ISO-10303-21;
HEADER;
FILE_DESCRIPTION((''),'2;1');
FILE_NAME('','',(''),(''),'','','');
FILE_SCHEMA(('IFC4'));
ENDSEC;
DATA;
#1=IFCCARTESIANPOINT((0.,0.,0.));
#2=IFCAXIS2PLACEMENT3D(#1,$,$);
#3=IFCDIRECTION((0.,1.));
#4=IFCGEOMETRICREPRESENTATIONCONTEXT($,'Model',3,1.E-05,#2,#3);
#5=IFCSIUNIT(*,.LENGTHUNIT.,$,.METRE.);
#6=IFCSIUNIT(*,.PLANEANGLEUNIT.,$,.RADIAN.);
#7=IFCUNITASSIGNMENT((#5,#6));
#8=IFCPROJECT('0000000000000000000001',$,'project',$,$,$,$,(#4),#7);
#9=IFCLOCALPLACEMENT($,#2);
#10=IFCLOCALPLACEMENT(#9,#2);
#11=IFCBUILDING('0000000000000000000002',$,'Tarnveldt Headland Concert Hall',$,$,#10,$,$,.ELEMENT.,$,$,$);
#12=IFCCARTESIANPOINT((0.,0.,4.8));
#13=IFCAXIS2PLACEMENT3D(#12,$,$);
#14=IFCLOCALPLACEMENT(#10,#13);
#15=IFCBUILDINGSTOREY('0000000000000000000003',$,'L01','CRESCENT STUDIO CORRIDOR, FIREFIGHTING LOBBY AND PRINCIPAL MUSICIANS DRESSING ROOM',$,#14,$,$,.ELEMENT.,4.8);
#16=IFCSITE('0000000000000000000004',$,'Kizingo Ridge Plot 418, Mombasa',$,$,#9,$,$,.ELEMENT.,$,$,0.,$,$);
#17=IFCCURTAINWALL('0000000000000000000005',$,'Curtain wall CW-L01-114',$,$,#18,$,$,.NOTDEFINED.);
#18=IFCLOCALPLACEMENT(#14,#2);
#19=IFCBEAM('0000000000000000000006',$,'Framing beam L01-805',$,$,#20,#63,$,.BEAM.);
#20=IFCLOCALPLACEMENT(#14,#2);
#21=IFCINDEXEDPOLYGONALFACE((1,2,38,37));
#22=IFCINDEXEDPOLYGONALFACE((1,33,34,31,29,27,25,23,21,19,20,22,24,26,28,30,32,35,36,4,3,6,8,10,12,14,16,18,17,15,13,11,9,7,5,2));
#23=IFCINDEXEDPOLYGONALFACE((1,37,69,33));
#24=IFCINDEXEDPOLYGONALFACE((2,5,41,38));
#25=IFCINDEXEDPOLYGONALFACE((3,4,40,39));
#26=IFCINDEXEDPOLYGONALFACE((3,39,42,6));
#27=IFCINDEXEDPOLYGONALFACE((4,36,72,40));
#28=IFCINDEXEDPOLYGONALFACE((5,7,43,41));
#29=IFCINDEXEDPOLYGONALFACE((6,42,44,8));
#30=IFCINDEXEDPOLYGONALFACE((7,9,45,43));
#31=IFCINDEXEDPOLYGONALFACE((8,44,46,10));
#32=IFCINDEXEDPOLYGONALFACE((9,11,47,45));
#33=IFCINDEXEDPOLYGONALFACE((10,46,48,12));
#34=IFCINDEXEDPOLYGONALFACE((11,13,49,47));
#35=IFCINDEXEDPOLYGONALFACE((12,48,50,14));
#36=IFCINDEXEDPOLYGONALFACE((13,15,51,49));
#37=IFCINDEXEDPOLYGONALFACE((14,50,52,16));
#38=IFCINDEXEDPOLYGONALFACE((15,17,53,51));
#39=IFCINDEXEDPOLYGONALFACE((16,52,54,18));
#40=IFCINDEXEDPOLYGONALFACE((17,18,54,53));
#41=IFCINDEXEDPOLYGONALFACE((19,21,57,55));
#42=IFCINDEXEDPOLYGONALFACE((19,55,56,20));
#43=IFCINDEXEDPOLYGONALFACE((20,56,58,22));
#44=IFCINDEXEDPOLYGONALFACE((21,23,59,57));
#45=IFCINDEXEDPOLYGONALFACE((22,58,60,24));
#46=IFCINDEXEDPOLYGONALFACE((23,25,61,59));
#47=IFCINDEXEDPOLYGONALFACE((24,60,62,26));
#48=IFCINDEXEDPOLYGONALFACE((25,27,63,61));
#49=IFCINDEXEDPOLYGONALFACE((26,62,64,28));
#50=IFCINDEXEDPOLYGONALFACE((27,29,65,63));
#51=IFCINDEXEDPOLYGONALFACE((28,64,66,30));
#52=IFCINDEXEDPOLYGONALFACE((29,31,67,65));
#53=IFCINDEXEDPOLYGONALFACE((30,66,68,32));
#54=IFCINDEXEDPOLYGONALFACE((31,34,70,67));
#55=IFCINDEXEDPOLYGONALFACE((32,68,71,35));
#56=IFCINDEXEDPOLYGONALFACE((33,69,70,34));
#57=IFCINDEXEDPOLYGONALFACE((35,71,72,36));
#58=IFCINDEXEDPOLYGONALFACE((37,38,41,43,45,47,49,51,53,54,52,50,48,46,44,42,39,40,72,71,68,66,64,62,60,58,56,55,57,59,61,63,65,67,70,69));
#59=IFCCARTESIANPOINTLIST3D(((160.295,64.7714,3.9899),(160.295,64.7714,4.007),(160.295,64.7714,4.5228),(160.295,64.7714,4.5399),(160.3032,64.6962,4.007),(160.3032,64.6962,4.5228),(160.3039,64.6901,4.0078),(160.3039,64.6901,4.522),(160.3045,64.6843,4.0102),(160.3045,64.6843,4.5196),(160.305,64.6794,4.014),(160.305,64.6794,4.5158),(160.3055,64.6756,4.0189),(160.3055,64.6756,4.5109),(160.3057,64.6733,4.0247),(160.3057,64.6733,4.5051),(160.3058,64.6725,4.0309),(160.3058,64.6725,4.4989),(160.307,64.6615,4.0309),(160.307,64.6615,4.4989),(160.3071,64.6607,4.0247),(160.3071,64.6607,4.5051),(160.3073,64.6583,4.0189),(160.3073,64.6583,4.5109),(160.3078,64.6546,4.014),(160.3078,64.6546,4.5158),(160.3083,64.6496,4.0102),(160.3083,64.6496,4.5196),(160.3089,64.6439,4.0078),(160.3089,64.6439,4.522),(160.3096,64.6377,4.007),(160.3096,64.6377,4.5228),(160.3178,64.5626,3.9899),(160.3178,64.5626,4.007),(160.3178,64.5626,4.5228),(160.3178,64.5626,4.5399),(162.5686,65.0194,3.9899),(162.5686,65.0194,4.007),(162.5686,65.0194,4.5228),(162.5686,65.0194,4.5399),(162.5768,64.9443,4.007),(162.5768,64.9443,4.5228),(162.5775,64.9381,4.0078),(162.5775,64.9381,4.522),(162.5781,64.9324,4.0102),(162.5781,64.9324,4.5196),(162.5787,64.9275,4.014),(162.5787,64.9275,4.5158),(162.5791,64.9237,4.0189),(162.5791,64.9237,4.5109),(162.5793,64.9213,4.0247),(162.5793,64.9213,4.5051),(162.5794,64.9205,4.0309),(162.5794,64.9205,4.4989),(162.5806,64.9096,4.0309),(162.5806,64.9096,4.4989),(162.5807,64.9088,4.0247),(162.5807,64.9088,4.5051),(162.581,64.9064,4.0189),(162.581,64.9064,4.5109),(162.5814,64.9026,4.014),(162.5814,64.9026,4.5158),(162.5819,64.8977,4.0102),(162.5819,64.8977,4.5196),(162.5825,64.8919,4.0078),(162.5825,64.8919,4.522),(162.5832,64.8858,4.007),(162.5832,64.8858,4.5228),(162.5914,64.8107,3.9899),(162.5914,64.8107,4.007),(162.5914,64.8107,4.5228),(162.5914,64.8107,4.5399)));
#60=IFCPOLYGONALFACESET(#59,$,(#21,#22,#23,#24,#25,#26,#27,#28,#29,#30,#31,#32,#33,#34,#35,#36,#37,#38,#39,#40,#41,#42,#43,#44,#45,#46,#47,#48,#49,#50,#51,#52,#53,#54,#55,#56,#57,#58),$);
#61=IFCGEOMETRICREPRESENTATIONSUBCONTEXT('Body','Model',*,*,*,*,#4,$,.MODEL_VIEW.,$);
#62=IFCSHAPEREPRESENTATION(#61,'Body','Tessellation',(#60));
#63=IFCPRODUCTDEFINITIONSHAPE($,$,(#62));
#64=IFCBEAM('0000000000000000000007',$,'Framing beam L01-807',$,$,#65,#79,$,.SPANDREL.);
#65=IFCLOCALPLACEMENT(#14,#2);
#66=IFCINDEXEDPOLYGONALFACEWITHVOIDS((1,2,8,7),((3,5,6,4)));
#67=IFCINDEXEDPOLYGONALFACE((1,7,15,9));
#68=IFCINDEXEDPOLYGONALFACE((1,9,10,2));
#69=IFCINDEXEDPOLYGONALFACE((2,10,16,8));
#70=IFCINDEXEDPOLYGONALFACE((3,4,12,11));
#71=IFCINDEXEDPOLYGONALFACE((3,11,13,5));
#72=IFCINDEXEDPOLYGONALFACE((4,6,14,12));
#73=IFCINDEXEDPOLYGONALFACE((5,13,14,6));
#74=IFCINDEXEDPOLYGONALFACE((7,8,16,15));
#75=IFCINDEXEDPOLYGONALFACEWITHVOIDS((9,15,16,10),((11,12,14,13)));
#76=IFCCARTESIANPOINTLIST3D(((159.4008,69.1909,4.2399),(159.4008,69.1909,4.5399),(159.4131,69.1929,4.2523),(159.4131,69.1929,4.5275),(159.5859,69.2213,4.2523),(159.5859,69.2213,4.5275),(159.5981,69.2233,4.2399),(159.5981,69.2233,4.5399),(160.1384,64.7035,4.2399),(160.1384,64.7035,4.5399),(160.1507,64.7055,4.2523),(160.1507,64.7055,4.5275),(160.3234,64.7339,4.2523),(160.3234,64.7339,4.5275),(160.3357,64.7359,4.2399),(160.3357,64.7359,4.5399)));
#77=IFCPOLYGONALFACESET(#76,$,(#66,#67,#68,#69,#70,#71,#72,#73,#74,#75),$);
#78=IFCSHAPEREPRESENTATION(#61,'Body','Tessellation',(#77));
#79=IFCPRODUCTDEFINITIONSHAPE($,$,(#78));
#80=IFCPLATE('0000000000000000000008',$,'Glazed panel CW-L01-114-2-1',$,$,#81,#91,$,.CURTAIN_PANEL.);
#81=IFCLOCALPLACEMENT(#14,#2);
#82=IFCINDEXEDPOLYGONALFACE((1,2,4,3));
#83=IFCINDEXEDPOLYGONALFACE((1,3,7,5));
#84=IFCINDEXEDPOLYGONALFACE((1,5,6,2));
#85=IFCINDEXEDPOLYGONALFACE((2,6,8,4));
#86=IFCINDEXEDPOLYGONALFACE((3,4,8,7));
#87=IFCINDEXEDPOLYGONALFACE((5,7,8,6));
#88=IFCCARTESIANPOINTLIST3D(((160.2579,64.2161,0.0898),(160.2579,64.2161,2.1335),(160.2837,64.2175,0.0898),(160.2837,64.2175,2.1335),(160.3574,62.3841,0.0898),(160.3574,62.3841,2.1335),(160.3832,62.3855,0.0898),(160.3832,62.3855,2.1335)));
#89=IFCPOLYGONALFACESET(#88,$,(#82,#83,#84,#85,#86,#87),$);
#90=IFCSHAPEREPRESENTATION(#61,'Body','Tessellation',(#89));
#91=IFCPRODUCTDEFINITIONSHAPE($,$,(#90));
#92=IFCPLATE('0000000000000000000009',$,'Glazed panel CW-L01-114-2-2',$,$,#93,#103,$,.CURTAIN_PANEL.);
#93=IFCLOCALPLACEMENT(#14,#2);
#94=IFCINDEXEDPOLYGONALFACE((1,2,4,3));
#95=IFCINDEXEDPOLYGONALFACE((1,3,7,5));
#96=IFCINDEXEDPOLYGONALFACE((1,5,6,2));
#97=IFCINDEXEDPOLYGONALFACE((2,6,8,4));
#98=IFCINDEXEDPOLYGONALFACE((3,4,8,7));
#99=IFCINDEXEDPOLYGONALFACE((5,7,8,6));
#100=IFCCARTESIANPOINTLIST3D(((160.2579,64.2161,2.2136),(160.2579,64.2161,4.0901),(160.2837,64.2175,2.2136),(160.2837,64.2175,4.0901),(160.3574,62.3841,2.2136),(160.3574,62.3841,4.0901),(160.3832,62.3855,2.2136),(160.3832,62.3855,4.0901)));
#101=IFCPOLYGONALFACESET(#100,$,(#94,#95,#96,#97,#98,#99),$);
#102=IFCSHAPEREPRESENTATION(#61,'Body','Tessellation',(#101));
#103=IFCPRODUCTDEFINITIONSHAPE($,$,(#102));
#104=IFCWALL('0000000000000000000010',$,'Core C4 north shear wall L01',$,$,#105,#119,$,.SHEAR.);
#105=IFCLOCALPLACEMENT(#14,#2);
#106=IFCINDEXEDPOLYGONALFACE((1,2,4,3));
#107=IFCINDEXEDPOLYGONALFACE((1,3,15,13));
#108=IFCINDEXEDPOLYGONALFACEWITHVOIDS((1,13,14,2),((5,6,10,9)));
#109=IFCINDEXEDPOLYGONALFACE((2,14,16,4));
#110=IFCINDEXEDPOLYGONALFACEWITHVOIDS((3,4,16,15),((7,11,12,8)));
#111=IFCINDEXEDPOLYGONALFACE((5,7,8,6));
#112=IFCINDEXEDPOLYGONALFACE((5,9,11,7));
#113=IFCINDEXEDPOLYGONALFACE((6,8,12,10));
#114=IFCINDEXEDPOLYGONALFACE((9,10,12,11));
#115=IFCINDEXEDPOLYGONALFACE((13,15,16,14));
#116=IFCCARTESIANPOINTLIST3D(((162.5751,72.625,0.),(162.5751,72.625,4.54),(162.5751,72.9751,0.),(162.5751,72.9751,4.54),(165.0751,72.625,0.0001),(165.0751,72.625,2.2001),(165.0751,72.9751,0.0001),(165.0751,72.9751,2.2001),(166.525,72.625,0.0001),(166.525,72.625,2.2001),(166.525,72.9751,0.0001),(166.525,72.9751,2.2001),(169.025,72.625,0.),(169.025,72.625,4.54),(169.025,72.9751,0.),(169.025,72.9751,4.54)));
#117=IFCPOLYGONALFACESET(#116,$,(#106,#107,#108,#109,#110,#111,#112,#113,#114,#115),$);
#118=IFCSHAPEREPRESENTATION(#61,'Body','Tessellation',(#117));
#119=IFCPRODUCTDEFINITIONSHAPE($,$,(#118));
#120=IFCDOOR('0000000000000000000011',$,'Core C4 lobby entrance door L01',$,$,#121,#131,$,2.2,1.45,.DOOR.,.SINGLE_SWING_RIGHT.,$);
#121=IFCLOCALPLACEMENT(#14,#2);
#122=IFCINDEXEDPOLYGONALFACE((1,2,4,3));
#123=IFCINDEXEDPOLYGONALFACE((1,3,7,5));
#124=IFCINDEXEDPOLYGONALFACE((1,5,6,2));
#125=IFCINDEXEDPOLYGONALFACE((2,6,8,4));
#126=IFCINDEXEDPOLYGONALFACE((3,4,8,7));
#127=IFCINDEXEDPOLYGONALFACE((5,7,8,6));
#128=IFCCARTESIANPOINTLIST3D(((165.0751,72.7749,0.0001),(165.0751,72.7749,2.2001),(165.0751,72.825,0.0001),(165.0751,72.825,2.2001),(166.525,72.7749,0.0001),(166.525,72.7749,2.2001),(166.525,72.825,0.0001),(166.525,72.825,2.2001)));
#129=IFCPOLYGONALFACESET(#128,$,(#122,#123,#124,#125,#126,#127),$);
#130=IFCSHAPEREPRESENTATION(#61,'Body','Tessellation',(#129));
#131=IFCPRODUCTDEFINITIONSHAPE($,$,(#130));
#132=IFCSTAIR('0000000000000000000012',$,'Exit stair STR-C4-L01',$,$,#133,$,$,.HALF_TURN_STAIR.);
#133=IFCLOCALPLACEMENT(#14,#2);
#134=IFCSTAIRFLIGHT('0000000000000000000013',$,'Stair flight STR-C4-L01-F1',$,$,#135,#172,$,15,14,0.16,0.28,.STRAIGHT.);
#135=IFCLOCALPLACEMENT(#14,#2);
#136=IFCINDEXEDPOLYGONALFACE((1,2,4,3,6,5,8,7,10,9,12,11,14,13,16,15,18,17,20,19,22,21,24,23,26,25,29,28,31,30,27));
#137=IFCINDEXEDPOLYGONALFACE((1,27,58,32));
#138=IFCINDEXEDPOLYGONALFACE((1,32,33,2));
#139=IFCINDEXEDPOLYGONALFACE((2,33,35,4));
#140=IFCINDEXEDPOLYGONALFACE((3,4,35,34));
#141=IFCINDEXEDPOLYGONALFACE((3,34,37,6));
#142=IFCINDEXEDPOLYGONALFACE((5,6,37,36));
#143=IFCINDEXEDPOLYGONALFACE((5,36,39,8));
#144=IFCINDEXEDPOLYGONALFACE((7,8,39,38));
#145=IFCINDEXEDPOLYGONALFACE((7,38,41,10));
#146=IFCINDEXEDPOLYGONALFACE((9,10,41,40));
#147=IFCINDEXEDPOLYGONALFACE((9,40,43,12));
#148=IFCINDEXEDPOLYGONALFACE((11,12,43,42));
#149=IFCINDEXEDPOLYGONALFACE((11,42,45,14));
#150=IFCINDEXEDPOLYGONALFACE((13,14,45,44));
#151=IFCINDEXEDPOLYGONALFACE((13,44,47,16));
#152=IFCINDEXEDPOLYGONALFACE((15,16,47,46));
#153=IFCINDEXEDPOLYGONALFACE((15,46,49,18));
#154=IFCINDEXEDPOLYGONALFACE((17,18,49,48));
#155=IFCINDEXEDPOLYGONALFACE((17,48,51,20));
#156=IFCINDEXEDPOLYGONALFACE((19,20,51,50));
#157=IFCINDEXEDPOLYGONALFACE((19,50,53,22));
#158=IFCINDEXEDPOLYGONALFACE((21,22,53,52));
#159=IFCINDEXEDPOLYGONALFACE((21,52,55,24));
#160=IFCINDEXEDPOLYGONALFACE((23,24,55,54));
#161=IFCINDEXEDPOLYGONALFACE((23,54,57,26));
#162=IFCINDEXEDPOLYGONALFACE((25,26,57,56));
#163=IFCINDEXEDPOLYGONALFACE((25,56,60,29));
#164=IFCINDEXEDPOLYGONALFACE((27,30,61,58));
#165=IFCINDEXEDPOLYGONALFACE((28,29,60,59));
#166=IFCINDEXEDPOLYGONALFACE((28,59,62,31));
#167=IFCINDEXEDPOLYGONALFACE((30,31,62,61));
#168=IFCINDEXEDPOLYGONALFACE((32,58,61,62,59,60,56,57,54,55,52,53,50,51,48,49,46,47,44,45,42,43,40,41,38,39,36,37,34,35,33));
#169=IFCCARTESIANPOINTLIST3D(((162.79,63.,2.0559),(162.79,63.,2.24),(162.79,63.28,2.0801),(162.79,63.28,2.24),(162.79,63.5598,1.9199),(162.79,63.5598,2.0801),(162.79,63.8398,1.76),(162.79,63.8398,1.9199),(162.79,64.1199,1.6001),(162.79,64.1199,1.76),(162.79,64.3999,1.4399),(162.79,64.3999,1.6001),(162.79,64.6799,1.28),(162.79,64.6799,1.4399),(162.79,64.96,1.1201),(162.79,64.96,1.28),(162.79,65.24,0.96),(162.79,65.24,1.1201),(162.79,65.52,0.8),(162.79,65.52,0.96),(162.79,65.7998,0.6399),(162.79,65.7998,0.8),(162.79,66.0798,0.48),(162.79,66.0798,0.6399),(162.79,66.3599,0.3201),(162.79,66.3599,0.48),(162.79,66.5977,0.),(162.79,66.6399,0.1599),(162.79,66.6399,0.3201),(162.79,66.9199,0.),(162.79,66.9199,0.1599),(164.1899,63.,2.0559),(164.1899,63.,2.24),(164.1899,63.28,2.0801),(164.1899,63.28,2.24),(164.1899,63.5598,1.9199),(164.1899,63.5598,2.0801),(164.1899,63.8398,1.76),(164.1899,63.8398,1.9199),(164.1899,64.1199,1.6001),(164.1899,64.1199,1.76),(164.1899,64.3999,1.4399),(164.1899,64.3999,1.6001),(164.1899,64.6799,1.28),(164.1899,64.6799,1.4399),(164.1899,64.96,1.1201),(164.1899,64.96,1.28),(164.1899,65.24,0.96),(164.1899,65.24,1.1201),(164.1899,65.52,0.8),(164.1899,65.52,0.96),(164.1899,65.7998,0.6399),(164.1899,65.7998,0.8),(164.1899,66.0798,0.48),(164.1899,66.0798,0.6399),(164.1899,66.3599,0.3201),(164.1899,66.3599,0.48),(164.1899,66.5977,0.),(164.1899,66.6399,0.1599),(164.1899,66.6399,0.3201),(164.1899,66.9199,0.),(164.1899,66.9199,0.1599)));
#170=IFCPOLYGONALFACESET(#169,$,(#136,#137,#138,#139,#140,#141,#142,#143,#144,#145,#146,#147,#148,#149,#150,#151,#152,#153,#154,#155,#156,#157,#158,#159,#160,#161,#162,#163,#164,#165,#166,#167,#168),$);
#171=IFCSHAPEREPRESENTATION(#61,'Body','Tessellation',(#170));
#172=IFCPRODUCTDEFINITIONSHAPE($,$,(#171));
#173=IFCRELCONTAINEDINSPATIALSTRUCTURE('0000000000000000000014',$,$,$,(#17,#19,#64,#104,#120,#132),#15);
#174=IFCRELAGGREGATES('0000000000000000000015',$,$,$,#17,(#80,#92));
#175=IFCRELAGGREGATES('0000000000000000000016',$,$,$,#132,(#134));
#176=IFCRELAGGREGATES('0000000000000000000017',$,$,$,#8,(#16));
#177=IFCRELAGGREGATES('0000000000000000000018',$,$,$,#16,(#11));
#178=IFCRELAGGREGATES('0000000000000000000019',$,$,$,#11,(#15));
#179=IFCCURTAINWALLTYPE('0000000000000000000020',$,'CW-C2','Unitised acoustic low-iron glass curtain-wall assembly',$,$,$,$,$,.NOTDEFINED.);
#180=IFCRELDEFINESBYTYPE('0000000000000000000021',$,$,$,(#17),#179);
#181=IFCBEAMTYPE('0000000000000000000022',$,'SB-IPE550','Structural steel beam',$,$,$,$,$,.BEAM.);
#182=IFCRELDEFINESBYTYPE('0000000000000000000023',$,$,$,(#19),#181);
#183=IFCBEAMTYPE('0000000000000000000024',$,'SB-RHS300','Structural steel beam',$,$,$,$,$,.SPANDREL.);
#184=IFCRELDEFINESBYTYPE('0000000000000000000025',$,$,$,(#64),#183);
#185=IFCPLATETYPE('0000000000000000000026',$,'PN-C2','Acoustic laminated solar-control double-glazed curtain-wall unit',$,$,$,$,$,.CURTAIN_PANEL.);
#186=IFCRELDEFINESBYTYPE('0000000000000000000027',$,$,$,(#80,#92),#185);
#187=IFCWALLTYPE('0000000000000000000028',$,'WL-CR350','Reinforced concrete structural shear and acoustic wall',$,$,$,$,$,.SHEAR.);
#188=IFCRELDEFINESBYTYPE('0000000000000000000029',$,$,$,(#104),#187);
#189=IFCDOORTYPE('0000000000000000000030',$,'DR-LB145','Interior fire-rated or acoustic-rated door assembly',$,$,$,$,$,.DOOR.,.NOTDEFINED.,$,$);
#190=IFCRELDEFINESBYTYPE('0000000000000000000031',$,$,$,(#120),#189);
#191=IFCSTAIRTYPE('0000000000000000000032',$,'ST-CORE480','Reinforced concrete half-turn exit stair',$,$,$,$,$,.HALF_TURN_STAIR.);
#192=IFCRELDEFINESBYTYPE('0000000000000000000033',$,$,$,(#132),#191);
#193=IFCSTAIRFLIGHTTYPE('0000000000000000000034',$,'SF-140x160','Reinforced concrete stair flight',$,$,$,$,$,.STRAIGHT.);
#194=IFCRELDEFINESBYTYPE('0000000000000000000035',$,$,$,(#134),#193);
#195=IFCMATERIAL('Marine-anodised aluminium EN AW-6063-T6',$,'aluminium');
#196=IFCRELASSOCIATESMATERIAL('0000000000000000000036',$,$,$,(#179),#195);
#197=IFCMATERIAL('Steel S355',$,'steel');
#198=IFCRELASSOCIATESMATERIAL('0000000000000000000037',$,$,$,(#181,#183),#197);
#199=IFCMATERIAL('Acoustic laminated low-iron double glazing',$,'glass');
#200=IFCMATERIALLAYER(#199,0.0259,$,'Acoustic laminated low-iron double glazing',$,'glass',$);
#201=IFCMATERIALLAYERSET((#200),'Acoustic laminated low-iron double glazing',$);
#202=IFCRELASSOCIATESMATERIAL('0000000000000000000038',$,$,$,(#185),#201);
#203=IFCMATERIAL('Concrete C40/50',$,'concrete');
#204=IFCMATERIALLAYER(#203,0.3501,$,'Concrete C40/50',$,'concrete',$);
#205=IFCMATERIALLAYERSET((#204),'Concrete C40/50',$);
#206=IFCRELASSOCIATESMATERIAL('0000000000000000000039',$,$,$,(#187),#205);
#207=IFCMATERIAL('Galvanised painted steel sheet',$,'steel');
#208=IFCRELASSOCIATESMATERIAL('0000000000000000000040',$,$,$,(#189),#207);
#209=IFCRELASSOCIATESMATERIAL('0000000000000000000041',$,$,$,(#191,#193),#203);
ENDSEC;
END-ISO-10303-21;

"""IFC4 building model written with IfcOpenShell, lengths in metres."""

from ifc_helpers import new_model, si_unit, direction, frame, frame_2d, origin, origin_2d, place, context, subcontext, project, spatial, polyline, rectangle, hollow_rectangle, i_section, outline, extrude, material, layer, layer_set, material_profile, profile_set, type_object, element, fill, aggregate, save


model = new_model("IFC4")

# Units and contexts
model_context = context("Model", 3, precision=1e-05, world=origin(), true_north=direction((0.0, 1.0)))
body_context = subcontext(model_context, "Body", "Model", "MODEL_VIEW")
ifc_project = project(units=[si_unit("LENGTHUNIT", "METRE"), si_unit("PLANEANGLEUNIT", "RADIAN")], contexts=[model_context])

# Site, building, storey
site_placement = place(None, origin())
site = spatial("IfcSite", under=ifc_project, at=site_placement, Name="Kizingo Ridge Plot 418, Mombasa", CompositionType="ELEMENT", RefElevation=0.0)
building_placement = place(site_placement, origin())
building = spatial("IfcBuilding", under=site, at=building_placement, Name="Tarnveldt Headland Concert Hall", CompositionType="ELEMENT")
storey_placement = place(building_placement, frame((0.0, 0.0, 4.8)))
storey = spatial("IfcBuildingStorey", under=building, at=storey_placement, Name="L01", Description="CRESCENT STUDIO CORRIDOR, FIREFIGHTING LOBBY AND PRINCIPAL MUSICIANS DRESSING ROOM", CompositionType="ELEMENT", Elevation=4.8)

# Shared definitions
ifc_material_1 = material(Name="Concrete C40/50", Category="concrete")

# Curtain wall
ifc_material_2 = material(Name="Marine-anodised aluminium EN AW-6063-T6", Category="aluminium")
curtain_wall_type = type_object("IfcCurtainWallType", Name="CW-C2", Description="Unitised acoustic low-iron glass curtain-wall assembly", PredefinedType="NOTDEFINED", material=ifc_material_2)
curtain_wall_1_placement = place(storey_placement, origin())
curtain_wall_1 = element("IfcCurtainWall", 1, at=curtain_wall_1_placement, inside=storey, type_object=curtain_wall_type, Name="Curtain wall CW-L01-114", PredefinedType="NOTDEFINED")

# Beams
ifc_material_3 = material(Name="Steel S355", Category="steel")
ifc_material_profile_1 = material_profile(ifc_material_3, i_section(OverallWidth=0.21, OverallDepth=0.55, WebThickness=0.011, FlangeThickness=0.0171, FilletRadius=0.0239, at=origin_2d()), Name="IPE550", Category="steel")
ifc_profile_set_1 = profile_set([ifc_material_profile_1], Name="Steel S355")
beam_type_1 = type_object("IfcBeamType", Name="SB-IPE550", Description="Structural steel beam", PredefinedType="BEAM", material=ifc_profile_set_1)
beam_1_placement = place(storey_placement, frame((160.3064, 64.667, 4.2649), z_axis=(0.994102, 0.108451, 0.0), x_axis=(-0.108451, 0.994102, 0.0)))
element("IfcBeam", 2, at=beam_1_placement, inside=storey, type_object=beam_type_1, Name="Framing beam L01-805", PredefinedType="BEAM", context=body_context, shape_type="SweptSolid", body=[
    extrude(i_section(OverallWidth=0.21, OverallDepth=0.55, WebThickness=0.011, FlangeThickness=0.0171, FilletRadius=0.0239, at=origin_2d()), origin(), (0.0, 0.0, 1.0), 2.2871),
])
ifc_material_profile_2 = material_profile(ifc_material_3, hollow_rectangle(XDim=0.2, YDim=0.3, WallThickness=0.0125, at=origin_2d()), Name="RHS 300x200x12.5", Category="steel")
ifc_profile_set_2 = profile_set([ifc_material_profile_2], Name="Steel S355")
beam_type_2 = type_object("IfcBeamType", Name="SB-RHS300", Description="Structural steel beam", PredefinedType="SPANDREL", material=ifc_profile_set_2)
beam_2_placement = place(storey_placement, frame((160.2371, 64.7197, 4.3899), z_axis=(-0.162187, 0.98676, 0.0), x_axis=(-0.98676, -0.162187, 0.0)))
element("IfcBeam", 3, at=beam_2_placement, inside=storey, type_object=beam_type_2, Name="Framing beam L01-807", PredefinedType="SPANDREL", context=body_context, shape_type="SweptSolid", body=[
    extrude(hollow_rectangle(XDim=0.2, YDim=0.3, WallThickness=0.0125, at=origin_2d()), origin(), (0.0, 0.0, 1.0), 4.5476),
])

# Plates
ifc_material_4 = material(Name="Acoustic laminated low-iron double glazing", Category="glass")
ifc_layer_1 = layer(ifc_material_4, 0.0259, Name="Acoustic laminated low-iron double glazing", Category="glass")
ifc_layer_set_1 = layer_set([ifc_layer_1], Name="Acoustic laminated low-iron double glazing")
plate_type = type_object("IfcPlateType", Name="PN-C2", Description="Acoustic laminated solar-control double-glazed curtain-wall unit", PredefinedType="CURTAIN_PANEL", material=ifc_layer_set_1)
plate_1_placement = place(storey_placement, frame((160.3206, 63.3008, 0.0898), z_axis=(0.0, 0.0, 1.0), x_axis=(-0.054253, 0.998527, 0.0)))
plate_1 = element("IfcPlate", 4, at=plate_1_placement, type_object=plate_type, Name="Glazed panel CW-L01-114-2-1", PredefinedType="CURTAIN_PANEL", context=body_context, shape_type="SweptSolid", body=[
    extrude(rectangle(XDim=1.8347, YDim=0.0259, at=origin_2d()), origin(), (0.0, 0.0, 1.0), 2.0437),
])
plate_2_placement = place(storey_placement, frame((160.3206, 63.3008, 2.2136), z_axis=(0.0, 0.0, 1.0), x_axis=(-0.054253, 0.998527, 0.0)))
plate_2 = element("IfcPlate", 5, at=plate_2_placement, type_object=plate_type, Name="Glazed panel CW-L01-114-2-2", PredefinedType="CURTAIN_PANEL", context=body_context, shape_type="SweptSolid", body=[
    extrude(rectangle(XDim=1.8347, YDim=0.0259, at=origin_2d()), origin(), (0.0, 0.0, 1.0), 1.8765),
])
aggregate(curtain_wall_1, [plate_1, plate_2])

# Wall, opening, door
ifc_layer_2 = layer(ifc_material_1, 0.3501, Name="Concrete C40/50", Category="concrete")
ifc_layer_set_2 = layer_set([ifc_layer_2], Name="Concrete C40/50")
wall_type_1 = type_object("IfcWallType", Name="WL-CR350", Description="Reinforced concrete structural shear and acoustic wall", PredefinedType="SHEAR", material=ifc_layer_set_2)
wall_1_placement = place(storey_placement, frame((162.575, 72.8, 0.0), z_axis=(0.0, 0.0, 1.0), x_axis=(1.0, 0.0, 0.0)))
wall_1 = element("IfcWall", 6, at=wall_1_placement, inside=storey, type_object=wall_type_1, Name="Core C4 north shear wall L01", PredefinedType="SHEAR", context=body_context, shape_type="SweptSolid", body=[
    extrude(rectangle(XDim=6.45, YDim=0.3501, at=frame_2d((3.2251, 0.0))), origin(), (0.0, 0.0, 1.0), 4.54),
])
opening_1_placement = place(wall_1_placement, frame((2.5, 0.0, 0.0)))
opening_1 = element("IfcOpeningElement", 7, at=opening_1_placement, cuts=wall_1, PredefinedType="OPENING", context=body_context, shape_type="SweptSolid", body=[
    extrude(rectangle(XDim=1.45, YDim=2.2, at=frame_2d((0.7251, 1.1001))), frame((0.0, 0.1851, 0.0), z_axis=(0.0, -1.0, 0.0), x_axis=(1.0, 0.0, 0.0)), (0.0, 0.0, 1.0), 0.3701),
])
ifc_material_5 = material(Name="Galvanised painted steel sheet", Category="steel")
door_type_1 = type_object("IfcDoorType", Name="DR-LB145", Description="Interior fire-rated or acoustic-rated door assembly", OperationType="NOTDEFINED", PredefinedType="DOOR", material=ifc_material_5)
door_1_placement = place(opening_1_placement, origin())
door_1 = element("IfcDoor", 8, at=door_1_placement, inside=storey, type_object=door_type_1, Name="Core C4 lobby entrance door L01", OperationType="SINGLE_SWING_RIGHT", OverallHeight=2.2, OverallWidth=1.45, PredefinedType="DOOR", context=body_context, shape_type="SweptSolid", body=[
    extrude(rectangle(XDim=1.45, YDim=2.2, at=frame_2d((0.7251, 1.1001))), frame((0.0, 0.0249, 0.0), z_axis=(0.0, -1.0, 0.0), x_axis=(1.0, 0.0, 0.0)), (0.0, 0.0, 1.0), 0.05),
])
fill(opening_1, door_1)

# Stair, stair flight
stair_type = type_object("IfcStairType", Name="ST-CORE480", Description="Reinforced concrete half-turn exit stair", PredefinedType="HALF_TURN_STAIR", material=ifc_material_1)
stair_placement = place(storey_placement, origin())
stair = element("IfcStair", 9, at=stair_placement, inside=storey, type_object=stair_type, Name="Exit stair STR-C4-L01", PredefinedType="HALF_TURN_STAIR")
stair_flight_type = type_object("IfcStairFlightType", Name="SF-140x160", Description="Reinforced concrete stair flight", PredefinedType="STRAIGHT", material=ifc_material_1)
stair_flight_1_placement = place(storey_placement, frame((163.49, 66.9199, 0.0), z_axis=(0.0, 0.0, 1.0), x_axis=(0.0, -1.0, 0.0)))
stair_flight_1 = element("IfcStairFlight", 10, at=stair_flight_1_placement, type_object=stair_flight_type, Name="Stair flight STR-C4-L01-F1", NumberOfRisers=15, NumberOfTreads=14, PredefinedType="STRAIGHT", RiserHeight=0.16, TreadLength=0.28, context=body_context, shape_type="SweptSolid", body=[
    extrude(outline(polyline([(0.0, 0.0), (0.0, 0.1599), (0.28, 0.1599), (0.28, 0.3201), (0.5601, 0.3201), (0.5601, 0.48), (0.8401, 0.48), (0.8401, 0.6399), (1.1201, 0.6399), (1.1201, 0.8), (1.3999, 0.8), (1.3999, 0.96), (1.6799, 0.96), (1.6799, 1.1201), (1.96, 1.1201), (1.96, 1.28), (2.24, 1.28), (2.24, 1.4399), (2.52, 1.4399), (2.52, 1.6001), (2.8, 1.6001), (2.8, 1.76), (3.0801, 1.76), (3.0801, 1.9199), (3.3601, 1.9199), (3.3601, 2.0801), (3.6399, 2.0801), (3.6399, 2.24), (3.9199, 2.24), (3.9199, 2.3999), (3.9199, 2.0559), (0.3223, 0.0), (0.0, 0.0)])), frame((0.0, 0.7, 0.0), z_axis=(0.0, -1.0, 0.0), x_axis=(1.0, 0.0, 0.0)), (0.0, 0.0, 1.0), 1.3999),
])
aggregate(stair, [stair_flight_1])

save(model, "model.ifc")
